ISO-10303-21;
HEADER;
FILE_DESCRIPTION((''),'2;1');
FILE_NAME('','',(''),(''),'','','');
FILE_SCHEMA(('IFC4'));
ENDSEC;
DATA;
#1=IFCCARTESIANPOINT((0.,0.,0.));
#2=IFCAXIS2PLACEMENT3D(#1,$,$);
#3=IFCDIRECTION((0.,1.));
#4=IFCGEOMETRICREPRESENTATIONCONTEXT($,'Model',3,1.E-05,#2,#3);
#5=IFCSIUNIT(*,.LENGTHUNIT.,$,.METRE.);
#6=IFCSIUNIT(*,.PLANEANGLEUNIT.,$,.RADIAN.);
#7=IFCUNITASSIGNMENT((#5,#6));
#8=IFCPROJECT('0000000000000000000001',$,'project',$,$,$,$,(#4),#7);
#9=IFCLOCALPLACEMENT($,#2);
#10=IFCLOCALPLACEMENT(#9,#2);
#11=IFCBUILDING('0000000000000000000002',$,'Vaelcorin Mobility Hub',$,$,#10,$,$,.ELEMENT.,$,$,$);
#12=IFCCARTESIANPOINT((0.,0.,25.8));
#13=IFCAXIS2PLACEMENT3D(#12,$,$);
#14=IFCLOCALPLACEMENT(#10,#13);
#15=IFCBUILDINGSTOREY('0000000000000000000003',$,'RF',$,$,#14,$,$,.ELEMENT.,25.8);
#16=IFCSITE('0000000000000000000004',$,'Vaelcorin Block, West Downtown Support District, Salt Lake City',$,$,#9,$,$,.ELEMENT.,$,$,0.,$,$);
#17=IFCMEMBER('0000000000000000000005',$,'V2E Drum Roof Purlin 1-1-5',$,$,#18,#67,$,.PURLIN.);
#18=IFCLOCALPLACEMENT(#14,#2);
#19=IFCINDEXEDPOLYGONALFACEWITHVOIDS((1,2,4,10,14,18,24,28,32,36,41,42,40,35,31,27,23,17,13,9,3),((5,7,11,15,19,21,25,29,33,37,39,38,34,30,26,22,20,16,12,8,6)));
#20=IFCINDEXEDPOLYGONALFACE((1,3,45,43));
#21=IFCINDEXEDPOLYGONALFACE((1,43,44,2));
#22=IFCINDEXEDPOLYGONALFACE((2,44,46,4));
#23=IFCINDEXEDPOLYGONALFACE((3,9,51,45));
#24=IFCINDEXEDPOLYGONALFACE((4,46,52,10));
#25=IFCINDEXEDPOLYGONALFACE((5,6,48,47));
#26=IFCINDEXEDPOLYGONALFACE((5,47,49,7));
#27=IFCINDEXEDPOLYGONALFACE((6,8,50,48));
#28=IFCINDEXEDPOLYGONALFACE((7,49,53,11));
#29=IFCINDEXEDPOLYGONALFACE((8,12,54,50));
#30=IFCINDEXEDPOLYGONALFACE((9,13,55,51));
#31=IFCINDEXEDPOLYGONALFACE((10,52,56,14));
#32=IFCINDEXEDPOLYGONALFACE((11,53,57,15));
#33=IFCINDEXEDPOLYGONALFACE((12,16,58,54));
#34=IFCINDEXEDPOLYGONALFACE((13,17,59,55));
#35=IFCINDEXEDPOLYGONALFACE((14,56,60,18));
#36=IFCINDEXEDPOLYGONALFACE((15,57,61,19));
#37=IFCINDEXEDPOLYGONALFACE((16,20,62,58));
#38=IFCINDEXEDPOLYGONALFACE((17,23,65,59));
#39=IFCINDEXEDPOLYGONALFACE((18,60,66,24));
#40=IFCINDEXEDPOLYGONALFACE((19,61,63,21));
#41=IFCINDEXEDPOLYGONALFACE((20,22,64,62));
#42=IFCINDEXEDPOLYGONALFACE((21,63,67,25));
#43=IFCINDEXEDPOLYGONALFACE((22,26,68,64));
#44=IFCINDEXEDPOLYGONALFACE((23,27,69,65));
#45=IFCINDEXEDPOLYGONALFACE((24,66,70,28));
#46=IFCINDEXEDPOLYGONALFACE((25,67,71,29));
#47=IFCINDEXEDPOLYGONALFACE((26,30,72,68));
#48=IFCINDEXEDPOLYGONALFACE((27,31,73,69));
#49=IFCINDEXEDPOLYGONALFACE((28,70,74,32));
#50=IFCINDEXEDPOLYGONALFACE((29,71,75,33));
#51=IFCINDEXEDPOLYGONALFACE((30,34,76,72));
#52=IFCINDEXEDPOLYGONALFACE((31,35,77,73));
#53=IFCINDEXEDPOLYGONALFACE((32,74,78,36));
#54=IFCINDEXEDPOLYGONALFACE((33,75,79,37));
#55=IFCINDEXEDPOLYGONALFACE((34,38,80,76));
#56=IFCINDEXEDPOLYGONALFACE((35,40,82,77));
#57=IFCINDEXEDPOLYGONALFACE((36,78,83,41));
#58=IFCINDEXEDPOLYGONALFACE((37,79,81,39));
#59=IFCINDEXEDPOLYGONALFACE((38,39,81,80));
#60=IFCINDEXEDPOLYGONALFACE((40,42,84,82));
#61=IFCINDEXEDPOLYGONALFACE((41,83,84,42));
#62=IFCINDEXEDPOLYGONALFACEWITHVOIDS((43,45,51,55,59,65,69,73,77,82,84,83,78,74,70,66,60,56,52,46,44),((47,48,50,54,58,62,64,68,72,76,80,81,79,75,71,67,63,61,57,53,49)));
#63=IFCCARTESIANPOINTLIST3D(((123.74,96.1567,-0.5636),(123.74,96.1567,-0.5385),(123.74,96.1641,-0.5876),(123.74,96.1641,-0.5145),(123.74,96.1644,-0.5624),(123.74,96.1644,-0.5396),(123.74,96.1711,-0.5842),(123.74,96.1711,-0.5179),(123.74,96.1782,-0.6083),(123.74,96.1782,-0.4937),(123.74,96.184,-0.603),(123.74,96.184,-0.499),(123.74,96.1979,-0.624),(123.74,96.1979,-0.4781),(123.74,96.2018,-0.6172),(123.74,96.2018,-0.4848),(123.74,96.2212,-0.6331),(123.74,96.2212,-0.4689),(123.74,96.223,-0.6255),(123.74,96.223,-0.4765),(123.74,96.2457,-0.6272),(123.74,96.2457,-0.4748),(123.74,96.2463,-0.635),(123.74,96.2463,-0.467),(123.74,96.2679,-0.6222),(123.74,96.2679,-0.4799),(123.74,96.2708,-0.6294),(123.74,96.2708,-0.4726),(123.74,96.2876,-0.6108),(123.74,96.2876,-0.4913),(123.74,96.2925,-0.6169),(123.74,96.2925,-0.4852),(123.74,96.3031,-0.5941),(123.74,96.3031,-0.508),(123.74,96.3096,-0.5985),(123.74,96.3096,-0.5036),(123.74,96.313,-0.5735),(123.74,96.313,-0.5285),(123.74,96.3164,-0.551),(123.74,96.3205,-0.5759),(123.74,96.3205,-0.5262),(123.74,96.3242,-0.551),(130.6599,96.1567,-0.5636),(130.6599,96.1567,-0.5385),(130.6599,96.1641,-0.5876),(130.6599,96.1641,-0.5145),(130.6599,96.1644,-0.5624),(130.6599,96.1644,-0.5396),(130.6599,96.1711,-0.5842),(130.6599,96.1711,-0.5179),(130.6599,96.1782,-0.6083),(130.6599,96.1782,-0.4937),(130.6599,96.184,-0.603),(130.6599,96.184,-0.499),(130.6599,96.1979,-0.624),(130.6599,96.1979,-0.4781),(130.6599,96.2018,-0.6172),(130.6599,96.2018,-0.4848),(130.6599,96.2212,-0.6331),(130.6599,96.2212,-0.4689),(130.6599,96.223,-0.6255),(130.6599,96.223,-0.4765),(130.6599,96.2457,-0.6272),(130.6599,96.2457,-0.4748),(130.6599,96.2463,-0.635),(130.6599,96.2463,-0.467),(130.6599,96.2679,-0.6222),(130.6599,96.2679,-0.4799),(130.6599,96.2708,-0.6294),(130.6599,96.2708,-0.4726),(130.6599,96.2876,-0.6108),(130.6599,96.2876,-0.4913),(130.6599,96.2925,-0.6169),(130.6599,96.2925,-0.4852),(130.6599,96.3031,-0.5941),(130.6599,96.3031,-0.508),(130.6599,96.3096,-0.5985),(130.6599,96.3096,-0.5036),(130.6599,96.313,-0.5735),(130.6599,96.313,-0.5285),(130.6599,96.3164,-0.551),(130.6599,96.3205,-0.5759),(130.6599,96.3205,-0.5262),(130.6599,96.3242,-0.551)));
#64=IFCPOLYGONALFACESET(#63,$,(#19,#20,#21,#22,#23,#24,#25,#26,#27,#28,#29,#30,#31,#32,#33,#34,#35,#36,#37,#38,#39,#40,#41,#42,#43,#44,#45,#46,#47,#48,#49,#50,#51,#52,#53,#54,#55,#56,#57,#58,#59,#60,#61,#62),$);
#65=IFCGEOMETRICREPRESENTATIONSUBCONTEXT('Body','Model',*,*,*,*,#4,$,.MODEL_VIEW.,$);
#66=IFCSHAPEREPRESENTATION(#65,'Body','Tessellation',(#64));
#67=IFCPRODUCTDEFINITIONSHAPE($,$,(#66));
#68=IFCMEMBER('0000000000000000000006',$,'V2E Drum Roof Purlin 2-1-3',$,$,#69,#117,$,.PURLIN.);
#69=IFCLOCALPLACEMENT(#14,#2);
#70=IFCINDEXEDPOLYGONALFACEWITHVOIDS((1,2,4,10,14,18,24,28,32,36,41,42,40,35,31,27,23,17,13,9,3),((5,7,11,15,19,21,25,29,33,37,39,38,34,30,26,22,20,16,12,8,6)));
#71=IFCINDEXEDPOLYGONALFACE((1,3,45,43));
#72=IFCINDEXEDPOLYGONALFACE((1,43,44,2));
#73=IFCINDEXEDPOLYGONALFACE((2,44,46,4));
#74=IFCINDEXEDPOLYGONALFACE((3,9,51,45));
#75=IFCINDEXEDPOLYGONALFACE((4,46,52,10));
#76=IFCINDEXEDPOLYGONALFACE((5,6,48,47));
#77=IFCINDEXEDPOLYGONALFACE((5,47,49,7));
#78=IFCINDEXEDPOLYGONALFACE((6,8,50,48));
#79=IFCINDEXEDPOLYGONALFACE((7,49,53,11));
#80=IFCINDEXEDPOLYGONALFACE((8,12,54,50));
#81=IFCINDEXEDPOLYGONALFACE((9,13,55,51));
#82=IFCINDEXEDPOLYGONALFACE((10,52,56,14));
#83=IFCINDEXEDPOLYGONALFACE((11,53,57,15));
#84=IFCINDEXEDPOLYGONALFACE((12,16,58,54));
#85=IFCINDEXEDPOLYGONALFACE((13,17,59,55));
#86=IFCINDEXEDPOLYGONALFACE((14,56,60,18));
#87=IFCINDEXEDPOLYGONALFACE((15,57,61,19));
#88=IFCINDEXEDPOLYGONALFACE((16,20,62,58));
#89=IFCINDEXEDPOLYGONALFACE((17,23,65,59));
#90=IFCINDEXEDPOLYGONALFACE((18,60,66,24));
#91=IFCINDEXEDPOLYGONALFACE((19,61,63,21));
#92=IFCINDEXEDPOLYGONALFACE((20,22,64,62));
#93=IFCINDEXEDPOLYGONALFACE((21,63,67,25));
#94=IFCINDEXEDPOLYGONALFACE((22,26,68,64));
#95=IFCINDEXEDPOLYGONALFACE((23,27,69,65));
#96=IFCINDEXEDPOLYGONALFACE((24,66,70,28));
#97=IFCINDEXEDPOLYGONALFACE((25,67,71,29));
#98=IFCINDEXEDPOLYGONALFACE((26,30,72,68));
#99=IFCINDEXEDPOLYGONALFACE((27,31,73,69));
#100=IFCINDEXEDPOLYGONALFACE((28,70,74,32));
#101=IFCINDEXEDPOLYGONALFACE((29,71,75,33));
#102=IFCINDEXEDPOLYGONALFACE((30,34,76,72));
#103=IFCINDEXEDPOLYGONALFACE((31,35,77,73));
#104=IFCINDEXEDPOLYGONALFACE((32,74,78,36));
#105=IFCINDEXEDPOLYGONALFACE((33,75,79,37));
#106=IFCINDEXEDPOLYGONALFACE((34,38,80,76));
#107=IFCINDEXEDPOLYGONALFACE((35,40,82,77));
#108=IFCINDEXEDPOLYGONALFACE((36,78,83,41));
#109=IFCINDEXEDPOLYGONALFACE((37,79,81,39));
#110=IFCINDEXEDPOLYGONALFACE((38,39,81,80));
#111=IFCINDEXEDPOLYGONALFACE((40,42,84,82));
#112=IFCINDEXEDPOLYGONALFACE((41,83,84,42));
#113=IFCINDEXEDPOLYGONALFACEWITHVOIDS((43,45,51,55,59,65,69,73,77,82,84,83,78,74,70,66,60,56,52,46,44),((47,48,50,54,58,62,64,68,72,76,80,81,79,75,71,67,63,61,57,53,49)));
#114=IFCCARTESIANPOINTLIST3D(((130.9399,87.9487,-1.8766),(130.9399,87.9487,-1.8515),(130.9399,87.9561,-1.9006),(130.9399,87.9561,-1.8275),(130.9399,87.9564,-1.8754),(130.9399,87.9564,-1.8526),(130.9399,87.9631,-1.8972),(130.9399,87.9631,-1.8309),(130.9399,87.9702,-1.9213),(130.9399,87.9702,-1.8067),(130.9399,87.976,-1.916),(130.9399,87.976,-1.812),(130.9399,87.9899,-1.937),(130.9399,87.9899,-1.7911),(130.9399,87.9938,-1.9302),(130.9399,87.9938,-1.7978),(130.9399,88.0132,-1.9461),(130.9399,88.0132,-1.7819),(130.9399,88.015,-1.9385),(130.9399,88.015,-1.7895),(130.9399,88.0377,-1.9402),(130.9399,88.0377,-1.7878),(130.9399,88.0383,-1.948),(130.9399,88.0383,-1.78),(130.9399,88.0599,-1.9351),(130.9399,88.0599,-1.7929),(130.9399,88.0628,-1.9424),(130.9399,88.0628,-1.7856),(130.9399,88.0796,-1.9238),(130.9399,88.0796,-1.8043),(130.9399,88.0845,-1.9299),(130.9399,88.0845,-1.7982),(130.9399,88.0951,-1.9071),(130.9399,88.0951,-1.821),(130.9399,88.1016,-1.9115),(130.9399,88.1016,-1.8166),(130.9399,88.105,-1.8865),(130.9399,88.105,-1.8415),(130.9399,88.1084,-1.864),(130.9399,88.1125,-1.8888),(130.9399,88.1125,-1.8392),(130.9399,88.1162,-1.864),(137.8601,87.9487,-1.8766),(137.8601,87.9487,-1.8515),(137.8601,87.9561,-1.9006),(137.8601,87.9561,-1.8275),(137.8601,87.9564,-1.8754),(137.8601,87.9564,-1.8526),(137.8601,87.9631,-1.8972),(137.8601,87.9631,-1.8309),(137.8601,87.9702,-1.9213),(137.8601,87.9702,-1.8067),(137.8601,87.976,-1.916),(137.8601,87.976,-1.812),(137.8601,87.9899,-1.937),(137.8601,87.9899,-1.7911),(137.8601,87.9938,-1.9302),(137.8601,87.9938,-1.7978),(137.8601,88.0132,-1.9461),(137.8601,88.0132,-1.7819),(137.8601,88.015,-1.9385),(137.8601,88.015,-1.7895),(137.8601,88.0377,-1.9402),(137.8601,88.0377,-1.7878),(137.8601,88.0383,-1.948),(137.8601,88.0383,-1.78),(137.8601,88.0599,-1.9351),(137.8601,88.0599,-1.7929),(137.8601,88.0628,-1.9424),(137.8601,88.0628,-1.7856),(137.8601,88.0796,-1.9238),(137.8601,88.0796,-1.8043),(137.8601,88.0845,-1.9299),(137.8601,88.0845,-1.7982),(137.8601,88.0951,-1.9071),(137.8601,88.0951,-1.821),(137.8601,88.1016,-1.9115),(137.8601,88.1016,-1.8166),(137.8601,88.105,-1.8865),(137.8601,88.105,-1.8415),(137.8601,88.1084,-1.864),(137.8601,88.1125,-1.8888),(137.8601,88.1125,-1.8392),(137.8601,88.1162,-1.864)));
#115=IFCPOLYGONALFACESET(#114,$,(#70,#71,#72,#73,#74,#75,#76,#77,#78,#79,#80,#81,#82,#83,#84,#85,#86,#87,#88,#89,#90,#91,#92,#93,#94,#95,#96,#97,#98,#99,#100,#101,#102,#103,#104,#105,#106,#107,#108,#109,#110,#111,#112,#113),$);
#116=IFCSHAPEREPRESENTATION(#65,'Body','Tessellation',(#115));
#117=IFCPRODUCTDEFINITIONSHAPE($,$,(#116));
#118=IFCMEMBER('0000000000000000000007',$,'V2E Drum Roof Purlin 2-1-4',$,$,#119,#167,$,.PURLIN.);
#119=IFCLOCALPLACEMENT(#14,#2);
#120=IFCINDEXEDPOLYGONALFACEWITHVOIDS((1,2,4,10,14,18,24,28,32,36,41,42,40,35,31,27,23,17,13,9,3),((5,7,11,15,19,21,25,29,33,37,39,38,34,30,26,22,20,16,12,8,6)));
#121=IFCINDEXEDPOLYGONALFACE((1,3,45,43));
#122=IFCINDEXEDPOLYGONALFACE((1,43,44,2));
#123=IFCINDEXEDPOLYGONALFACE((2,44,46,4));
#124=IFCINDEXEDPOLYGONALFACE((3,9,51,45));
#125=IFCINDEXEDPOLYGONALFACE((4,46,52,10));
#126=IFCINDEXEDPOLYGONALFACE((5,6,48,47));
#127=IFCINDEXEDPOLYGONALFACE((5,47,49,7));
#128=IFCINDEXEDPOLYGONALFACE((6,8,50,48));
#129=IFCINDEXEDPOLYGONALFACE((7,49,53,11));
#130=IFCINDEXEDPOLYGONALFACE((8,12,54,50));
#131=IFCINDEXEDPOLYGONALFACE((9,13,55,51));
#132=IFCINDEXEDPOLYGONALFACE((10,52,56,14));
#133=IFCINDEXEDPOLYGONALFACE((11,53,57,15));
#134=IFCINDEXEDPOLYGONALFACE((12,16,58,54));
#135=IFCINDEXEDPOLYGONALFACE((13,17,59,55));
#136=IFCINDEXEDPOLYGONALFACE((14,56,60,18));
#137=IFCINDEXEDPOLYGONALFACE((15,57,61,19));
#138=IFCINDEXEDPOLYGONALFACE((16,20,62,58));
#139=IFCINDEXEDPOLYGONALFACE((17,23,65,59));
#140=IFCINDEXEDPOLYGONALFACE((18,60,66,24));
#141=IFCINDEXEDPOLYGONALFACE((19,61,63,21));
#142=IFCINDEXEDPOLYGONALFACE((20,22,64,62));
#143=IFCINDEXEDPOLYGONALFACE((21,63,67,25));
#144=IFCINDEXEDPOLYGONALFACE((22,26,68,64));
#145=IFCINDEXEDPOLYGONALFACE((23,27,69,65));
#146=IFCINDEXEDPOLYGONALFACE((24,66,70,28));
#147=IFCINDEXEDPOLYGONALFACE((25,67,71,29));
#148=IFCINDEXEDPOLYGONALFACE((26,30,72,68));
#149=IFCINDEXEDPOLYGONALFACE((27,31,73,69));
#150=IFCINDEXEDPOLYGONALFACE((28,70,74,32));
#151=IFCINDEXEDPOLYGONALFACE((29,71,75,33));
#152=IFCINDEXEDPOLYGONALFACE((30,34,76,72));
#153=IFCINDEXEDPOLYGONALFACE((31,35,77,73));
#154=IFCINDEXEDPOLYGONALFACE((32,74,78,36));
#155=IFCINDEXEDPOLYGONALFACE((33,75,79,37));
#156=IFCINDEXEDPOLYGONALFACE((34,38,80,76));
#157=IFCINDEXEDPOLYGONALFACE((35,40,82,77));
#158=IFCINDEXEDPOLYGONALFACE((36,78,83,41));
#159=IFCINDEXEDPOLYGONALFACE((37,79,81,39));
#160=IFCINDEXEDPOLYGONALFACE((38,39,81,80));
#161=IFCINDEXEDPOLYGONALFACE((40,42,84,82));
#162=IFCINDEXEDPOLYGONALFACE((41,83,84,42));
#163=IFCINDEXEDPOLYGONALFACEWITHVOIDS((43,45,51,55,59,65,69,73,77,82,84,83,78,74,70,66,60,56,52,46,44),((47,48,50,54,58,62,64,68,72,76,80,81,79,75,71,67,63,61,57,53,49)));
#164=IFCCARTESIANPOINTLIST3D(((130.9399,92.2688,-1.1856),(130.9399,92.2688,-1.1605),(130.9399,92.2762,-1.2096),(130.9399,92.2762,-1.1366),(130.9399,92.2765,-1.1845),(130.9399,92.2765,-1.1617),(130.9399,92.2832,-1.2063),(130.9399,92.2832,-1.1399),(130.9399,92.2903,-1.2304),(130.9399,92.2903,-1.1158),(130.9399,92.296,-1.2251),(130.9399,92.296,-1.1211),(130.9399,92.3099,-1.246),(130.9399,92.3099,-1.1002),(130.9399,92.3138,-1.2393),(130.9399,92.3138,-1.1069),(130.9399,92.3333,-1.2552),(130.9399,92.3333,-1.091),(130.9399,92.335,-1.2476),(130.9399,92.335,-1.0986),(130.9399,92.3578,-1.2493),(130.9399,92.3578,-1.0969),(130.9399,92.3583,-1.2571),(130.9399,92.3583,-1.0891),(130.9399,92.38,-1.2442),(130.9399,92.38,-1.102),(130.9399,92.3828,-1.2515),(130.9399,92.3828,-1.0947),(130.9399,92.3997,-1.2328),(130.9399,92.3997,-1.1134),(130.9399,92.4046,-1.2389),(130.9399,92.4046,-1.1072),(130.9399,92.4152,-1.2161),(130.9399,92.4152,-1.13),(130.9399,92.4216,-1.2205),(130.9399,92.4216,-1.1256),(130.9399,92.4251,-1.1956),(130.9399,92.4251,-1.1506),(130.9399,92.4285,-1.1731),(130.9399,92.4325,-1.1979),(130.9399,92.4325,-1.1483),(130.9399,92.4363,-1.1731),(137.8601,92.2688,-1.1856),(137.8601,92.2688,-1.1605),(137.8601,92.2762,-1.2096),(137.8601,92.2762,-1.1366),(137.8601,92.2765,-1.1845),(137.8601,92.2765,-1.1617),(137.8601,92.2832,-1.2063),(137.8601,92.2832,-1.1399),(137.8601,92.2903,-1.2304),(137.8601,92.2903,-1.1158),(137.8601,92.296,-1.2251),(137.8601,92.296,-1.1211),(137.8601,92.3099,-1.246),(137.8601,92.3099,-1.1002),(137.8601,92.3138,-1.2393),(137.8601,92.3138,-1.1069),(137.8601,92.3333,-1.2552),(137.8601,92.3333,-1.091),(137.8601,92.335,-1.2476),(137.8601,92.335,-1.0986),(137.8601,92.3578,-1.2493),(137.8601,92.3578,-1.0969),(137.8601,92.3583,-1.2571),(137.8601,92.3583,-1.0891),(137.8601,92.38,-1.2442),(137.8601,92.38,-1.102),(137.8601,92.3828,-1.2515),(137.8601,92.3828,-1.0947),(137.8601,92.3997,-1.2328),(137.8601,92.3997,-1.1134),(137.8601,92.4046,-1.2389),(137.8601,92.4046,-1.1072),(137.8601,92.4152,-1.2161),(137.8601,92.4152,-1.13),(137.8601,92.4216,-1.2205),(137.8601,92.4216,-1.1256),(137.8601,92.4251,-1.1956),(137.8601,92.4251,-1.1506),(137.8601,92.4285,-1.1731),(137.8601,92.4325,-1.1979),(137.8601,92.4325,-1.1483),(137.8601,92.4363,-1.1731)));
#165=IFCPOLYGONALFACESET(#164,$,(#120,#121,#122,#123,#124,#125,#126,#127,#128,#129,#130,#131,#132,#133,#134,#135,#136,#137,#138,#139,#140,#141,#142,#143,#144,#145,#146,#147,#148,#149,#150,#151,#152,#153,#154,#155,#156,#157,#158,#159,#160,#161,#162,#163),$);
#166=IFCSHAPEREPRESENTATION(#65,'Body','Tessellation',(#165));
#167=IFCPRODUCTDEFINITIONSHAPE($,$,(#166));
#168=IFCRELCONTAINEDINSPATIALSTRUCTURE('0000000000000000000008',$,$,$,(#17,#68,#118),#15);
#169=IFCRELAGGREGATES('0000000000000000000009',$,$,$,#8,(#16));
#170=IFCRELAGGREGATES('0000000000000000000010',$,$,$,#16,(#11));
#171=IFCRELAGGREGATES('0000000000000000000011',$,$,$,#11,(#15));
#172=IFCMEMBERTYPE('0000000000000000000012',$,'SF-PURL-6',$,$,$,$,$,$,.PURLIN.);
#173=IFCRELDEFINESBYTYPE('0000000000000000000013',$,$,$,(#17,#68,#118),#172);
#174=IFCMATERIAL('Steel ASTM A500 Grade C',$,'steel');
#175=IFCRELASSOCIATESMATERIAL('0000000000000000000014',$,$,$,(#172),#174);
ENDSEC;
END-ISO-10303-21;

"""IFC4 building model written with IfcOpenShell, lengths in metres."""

from ifc_helpers import new_model, si_unit, direction, frame, origin, origin_2d, place, context, subcontext, project, spatial, hollow_circle, extrude, material, material_profile, profile_set, type_object, element, save


model = new_model("IFC4")

# Units and contexts
model_context = context("Model", 3, precision=1e-05, world=origin(), true_north=direction((0.0, 1.0)))
body_context = subcontext(model_context, "Body", "Model", "MODEL_VIEW")
ifc_project = project(units=[si_unit("LENGTHUNIT", "METRE"), si_unit("PLANEANGLEUNIT", "RADIAN")], contexts=[model_context])

# Site, building, storey
site_placement = place(None, origin())
site = spatial("IfcSite", under=ifc_project, at=site_placement, Name="Vaelcorin Block, West Downtown Support District, Salt Lake City", CompositionType="ELEMENT", RefElevation=0.0)
building_placement = place(site_placement, origin())
building = spatial("IfcBuilding", under=site, at=building_placement, Name="Vaelcorin Mobility Hub", CompositionType="ELEMENT")
storey_placement = place(building_placement, frame((0.0, 0.0, 25.8)))
storey = spatial("IfcBuildingStorey", under=building, at=storey_placement, Name="RF", CompositionType="ELEMENT", Elevation=25.8)

# Members
ifc_material_1 = material(Name="Steel ASTM A500 Grade C", Category="steel")
ifc_material_profile_1 = material_profile(ifc_material_1, hollow_circle(Radius=0.0842, WallThickness=0.0078, at=origin_2d()), Name="HSS6.625X0.312")
ifc_profile_set_1 = profile_set([ifc_material_profile_1], Name="Steel ASTM A500 Grade C")
member_type_1 = type_object("IfcMemberType", Name="SF-PURL-6", PredefinedType="PURLIN", material=ifc_profile_set_1)
for number, where, z_axis, x_axis, name in (
    (1, (123.74, 96.24, -0.551), (1.0, 0.0, 0.0), (0.0, 1.0, 0.0), "V2E Drum Roof Purlin 1-1-5"),
):
    element("IfcMember", number, at=place(storey_placement, frame(where, z_axis=z_axis, x_axis=x_axis)), inside=storey, type_object=member_type_1, Name=name, PredefinedType="PURLIN", context=body_context, shape_type="SweptSolid", body=[
        extrude(hollow_circle(Radius=0.0842, WallThickness=0.0078, at=origin_2d()), origin(), (0.0, 0.0, 1.0), 6.9199),
    ])
for number, where, z_axis, x_axis, name in (
    (2, (130.9399, 88.032, -1.864), (1.0, 0.0, 0.0), (0.0, 1.0, 0.0), "V2E Drum Roof Purlin 2-1-3"),
    (3, (130.9399, 92.3521, -1.1731), (1.0, 0.0, 0.0), (0.0, 1.0, 0.0), "V2E Drum Roof Purlin 2-1-4"),
):
    element("IfcMember", number, at=place(storey_placement, frame(where, z_axis=z_axis, x_axis=x_axis)), inside=storey, type_object=member_type_1, Name=name, PredefinedType="PURLIN", context=body_context, shape_type="SweptSolid", body=[
        extrude(hollow_circle(Radius=0.0842, WallThickness=0.0078, at=origin_2d()), origin(), (0.0, 0.0, 1.0), 6.9202),
    ])

save(model, "model.ifc")
